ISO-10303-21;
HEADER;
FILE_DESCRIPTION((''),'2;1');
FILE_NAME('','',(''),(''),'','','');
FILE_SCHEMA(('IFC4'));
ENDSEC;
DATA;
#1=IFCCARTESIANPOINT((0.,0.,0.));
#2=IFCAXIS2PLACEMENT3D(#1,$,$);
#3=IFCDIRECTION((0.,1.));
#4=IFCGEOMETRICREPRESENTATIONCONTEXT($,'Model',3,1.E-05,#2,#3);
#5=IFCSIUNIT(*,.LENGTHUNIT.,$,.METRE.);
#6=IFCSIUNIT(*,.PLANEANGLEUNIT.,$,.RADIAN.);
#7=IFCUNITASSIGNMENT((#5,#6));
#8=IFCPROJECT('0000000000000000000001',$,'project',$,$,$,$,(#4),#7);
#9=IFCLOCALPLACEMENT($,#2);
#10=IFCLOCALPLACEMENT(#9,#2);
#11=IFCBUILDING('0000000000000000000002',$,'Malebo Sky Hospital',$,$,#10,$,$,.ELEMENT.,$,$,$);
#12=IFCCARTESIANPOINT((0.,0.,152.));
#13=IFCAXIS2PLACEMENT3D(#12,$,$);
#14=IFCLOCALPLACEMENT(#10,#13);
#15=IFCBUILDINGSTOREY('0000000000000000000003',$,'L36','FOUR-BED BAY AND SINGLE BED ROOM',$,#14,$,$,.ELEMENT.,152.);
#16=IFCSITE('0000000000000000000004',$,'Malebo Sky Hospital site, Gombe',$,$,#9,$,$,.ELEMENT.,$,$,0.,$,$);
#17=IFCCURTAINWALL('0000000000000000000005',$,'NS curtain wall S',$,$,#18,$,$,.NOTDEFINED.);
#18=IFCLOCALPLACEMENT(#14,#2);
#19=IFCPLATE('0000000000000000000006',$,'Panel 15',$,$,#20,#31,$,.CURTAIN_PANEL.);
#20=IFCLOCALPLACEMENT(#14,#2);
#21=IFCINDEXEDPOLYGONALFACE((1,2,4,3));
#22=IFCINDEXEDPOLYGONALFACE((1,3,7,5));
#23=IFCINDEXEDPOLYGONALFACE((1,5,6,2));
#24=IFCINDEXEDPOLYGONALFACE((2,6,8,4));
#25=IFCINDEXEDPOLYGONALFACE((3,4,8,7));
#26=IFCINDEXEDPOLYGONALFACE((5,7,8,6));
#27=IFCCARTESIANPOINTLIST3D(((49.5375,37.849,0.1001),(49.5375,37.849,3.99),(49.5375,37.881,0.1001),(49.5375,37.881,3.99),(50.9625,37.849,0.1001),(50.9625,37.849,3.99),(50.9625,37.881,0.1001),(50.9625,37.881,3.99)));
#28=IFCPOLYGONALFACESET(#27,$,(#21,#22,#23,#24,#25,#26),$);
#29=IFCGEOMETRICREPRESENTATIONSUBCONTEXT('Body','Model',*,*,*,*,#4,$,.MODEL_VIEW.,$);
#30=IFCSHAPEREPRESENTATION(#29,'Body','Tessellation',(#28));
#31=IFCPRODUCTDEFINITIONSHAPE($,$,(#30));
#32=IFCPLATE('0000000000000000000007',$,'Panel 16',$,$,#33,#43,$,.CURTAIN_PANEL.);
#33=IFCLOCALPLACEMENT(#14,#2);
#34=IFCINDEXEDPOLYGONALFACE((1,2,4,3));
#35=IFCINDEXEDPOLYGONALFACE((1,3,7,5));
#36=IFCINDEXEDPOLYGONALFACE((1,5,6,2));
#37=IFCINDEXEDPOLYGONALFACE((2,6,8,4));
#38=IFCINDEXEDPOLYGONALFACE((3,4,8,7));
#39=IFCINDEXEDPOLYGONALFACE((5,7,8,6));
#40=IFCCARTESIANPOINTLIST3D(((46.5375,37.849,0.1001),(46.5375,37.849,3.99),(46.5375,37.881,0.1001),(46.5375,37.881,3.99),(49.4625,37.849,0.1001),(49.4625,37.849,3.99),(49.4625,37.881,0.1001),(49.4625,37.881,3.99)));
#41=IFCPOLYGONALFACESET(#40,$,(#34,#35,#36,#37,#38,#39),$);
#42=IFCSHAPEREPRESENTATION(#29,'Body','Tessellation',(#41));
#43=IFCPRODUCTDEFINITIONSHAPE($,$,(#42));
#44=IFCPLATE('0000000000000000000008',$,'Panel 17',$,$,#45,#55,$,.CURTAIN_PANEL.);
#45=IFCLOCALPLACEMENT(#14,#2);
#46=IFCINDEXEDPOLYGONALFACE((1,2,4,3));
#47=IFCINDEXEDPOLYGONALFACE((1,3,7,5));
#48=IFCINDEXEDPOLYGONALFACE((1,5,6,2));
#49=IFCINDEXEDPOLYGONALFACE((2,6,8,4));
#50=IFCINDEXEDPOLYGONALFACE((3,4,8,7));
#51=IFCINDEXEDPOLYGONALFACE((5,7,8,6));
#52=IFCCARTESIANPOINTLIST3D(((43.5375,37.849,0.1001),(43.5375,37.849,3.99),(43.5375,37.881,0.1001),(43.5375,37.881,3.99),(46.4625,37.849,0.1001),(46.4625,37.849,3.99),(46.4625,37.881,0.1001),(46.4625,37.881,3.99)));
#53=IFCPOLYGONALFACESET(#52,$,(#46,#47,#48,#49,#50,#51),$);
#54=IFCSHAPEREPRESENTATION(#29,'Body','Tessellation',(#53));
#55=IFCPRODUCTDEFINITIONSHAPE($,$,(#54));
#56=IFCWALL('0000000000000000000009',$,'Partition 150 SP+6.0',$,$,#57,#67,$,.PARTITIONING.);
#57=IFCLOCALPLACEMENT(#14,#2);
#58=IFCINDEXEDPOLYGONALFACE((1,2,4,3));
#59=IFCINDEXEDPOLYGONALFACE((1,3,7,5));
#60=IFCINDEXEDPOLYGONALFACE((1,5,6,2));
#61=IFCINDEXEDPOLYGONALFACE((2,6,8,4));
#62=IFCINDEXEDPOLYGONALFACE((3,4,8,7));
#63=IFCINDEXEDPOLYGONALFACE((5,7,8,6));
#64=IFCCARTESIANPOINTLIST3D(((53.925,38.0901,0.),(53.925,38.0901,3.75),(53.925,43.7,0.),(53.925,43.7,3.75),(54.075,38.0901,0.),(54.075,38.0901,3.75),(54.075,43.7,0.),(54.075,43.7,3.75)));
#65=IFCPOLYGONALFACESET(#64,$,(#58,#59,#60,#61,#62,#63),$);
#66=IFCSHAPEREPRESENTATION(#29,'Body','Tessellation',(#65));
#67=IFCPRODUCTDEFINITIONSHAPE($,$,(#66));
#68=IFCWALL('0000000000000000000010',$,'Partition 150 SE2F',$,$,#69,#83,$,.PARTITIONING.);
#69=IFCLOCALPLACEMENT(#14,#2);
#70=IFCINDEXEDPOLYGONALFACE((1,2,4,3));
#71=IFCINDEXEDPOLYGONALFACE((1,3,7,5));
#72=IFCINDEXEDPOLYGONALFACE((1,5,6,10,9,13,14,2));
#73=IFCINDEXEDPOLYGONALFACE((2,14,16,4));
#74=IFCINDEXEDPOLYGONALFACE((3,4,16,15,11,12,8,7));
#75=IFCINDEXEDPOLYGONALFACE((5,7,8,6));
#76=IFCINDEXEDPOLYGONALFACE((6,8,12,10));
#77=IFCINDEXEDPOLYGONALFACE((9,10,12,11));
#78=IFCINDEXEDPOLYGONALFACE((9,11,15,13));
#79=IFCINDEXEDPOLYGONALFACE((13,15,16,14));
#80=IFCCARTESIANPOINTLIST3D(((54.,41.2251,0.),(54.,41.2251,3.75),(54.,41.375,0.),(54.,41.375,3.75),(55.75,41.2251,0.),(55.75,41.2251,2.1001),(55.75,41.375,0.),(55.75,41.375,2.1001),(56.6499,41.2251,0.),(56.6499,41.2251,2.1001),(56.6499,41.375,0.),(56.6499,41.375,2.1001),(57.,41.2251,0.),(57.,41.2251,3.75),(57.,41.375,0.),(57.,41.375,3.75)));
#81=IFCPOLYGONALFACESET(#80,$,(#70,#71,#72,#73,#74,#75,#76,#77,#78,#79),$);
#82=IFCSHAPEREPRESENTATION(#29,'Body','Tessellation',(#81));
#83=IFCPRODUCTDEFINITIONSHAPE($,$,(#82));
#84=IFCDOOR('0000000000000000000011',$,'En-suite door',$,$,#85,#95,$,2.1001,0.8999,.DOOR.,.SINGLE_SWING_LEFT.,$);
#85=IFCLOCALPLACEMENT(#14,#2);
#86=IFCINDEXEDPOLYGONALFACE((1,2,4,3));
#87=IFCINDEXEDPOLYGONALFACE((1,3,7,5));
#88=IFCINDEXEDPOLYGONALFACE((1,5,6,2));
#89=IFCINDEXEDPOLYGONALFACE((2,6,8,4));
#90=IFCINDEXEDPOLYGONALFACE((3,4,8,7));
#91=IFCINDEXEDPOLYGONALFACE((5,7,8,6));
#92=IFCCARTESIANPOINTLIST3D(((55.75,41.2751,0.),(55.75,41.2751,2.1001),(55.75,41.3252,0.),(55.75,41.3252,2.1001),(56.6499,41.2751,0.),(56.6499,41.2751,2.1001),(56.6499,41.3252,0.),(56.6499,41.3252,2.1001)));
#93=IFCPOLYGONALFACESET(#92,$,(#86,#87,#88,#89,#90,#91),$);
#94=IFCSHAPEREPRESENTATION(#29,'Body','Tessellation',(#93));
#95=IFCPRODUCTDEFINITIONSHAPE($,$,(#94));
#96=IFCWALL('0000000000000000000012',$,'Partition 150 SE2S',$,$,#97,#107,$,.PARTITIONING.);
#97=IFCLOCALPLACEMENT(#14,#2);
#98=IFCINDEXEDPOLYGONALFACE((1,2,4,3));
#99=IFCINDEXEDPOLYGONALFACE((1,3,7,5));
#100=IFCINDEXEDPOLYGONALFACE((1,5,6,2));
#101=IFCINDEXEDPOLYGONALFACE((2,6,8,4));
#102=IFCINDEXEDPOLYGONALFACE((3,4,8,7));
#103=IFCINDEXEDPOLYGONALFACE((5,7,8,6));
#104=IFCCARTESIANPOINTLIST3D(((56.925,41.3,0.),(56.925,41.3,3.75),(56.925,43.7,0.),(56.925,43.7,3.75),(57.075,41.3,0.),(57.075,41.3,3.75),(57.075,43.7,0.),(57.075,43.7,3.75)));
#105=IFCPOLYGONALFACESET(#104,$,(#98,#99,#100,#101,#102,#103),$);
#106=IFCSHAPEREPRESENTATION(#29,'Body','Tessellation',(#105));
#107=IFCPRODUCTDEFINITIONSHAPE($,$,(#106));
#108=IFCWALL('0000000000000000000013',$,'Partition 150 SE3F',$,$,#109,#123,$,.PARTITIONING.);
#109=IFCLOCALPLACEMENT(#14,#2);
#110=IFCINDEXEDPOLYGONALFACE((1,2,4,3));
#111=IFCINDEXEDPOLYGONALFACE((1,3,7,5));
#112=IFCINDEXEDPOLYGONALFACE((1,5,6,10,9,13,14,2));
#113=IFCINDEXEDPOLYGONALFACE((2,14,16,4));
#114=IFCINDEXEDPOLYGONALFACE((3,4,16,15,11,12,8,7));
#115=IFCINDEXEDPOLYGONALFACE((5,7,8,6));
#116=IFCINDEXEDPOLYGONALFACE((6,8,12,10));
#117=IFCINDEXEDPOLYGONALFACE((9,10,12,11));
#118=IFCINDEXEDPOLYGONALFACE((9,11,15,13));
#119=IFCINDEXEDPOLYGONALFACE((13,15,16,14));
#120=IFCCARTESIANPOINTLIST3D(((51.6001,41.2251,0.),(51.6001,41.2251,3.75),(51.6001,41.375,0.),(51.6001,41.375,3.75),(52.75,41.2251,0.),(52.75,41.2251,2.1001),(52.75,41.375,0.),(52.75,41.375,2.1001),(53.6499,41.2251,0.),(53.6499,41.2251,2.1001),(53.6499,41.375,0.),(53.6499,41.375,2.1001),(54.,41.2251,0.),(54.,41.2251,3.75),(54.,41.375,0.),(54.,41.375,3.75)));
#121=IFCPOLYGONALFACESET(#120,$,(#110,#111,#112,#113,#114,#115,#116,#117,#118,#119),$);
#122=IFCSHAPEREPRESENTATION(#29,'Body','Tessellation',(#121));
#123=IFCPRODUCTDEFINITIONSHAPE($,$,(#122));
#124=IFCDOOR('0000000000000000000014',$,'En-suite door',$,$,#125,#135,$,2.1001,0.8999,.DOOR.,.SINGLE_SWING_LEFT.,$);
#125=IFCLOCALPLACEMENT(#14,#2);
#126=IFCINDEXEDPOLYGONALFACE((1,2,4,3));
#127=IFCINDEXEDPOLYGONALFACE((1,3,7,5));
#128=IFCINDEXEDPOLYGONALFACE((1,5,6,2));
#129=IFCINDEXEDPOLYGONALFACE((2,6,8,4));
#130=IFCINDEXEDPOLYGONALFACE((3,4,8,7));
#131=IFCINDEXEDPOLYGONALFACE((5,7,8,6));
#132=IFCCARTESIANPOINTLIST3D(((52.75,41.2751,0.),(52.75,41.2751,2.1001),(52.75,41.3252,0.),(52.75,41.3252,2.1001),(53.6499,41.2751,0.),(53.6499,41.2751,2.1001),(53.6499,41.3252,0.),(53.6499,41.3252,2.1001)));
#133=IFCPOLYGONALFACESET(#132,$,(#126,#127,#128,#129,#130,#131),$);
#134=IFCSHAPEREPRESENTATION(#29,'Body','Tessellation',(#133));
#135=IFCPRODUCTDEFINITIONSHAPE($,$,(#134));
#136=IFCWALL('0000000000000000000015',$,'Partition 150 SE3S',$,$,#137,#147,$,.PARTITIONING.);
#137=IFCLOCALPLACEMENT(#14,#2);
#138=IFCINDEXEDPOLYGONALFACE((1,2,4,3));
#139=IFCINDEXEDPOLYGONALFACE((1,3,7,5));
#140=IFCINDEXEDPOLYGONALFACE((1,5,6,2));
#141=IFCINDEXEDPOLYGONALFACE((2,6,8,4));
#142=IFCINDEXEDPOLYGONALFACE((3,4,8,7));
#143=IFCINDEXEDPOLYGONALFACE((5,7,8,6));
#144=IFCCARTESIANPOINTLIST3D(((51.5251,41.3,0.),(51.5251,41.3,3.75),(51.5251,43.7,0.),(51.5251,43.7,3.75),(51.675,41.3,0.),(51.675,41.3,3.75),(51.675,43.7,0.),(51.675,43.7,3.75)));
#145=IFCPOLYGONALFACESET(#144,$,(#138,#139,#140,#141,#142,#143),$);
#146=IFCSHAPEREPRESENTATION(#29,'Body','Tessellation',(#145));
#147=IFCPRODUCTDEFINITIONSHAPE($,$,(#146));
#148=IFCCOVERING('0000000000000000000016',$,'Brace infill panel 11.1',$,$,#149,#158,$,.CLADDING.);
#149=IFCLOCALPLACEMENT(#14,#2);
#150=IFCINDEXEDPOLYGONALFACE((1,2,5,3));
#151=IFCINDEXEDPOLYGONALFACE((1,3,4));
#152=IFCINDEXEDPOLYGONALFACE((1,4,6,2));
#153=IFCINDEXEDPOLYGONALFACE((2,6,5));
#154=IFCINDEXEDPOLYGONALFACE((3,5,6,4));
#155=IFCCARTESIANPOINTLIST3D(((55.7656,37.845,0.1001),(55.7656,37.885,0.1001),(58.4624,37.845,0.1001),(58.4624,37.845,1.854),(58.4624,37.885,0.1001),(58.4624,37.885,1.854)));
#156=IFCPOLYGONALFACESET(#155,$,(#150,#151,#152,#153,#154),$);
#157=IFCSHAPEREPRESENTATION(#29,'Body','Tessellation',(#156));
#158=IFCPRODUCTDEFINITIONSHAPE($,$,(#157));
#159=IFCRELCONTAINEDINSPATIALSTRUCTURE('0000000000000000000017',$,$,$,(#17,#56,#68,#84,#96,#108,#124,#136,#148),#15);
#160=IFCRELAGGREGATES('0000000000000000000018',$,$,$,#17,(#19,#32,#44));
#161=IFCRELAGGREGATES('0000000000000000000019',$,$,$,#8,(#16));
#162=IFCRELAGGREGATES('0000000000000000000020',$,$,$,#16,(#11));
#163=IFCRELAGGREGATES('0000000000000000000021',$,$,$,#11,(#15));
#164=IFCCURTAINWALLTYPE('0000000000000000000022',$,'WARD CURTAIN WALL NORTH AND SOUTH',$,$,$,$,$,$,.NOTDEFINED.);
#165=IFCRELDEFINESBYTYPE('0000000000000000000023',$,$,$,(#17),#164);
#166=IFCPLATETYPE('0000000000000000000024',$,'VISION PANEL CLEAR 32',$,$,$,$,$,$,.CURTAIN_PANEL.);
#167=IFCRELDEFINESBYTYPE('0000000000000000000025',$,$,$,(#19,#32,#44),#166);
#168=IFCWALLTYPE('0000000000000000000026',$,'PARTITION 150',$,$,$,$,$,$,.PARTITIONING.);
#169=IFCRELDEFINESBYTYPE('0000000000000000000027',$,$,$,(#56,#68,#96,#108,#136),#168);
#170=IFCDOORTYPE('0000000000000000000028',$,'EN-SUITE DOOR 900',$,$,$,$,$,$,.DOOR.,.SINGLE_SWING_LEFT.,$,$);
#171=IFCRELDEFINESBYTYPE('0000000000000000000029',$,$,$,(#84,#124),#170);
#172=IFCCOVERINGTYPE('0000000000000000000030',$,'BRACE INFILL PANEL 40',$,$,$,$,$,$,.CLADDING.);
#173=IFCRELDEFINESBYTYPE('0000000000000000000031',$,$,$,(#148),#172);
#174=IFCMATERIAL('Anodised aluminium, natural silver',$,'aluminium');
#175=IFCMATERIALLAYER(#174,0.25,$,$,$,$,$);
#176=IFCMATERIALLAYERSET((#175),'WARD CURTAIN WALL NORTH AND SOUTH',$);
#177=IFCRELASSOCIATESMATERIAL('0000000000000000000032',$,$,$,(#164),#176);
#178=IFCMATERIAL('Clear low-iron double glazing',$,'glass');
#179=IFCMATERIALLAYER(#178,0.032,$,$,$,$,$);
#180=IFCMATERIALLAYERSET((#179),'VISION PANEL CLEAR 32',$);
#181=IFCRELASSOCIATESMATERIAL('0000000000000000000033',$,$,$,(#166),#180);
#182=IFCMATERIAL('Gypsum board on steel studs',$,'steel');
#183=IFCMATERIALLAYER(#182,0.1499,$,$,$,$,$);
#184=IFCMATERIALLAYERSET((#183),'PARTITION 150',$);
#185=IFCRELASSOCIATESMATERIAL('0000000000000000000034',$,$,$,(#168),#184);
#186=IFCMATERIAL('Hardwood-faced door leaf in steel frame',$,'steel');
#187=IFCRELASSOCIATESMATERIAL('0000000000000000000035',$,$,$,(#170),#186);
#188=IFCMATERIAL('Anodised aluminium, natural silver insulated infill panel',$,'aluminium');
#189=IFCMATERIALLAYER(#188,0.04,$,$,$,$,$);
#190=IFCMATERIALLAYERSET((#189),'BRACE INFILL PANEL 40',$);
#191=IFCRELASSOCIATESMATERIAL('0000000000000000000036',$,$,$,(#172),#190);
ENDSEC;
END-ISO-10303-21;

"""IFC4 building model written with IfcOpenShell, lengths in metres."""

from ifc_helpers import new_model, si_unit, direction, frame, frame_2d, origin, origin_2d, place, context, subcontext, project, spatial, polyline, rectangle, outline, extrude, material, layer, layer_set, type_object, element, fill, aggregate, save


model = new_model("IFC4")

# Units and contexts
model_context = context("Model", 3, precision=1e-05, world=origin(), true_north=direction((0.0, 1.0)))
body_context = subcontext(model_context, "Body", "Model", "MODEL_VIEW")
ifc_project = project(units=[si_unit("LENGTHUNIT", "METRE"), si_unit("PLANEANGLEUNIT", "RADIAN")], contexts=[model_context])

# Site, building, storey
site_placement = place(None, origin())
site = spatial("IfcSite", under=ifc_project, at=site_placement, Name="Malebo Sky Hospital site, Gombe", CompositionType="ELEMENT", RefElevation=0.0)
building_placement = place(site_placement, origin())
building = spatial("IfcBuilding", under=site, at=building_placement, Name="Malebo Sky Hospital", CompositionType="ELEMENT")
storey_placement = place(building_placement, frame((0.0, 0.0, 152.0)))
storey = spatial("IfcBuildingStorey", under=building, at=storey_placement, Name="L36", Description="FOUR-BED BAY AND SINGLE BED ROOM", CompositionType="ELEMENT", Elevation=152.0)

# Curtain wall
ifc_material_1 = material(Name="Anodised aluminium, natural silver", Category="aluminium")
ifc_layer_1 = layer(ifc_material_1, 0.25)
ifc_layer_set_1 = layer_set([ifc_layer_1], Name="WARD CURTAIN WALL NORTH AND SOUTH")
curtain_wall_type = type_object("IfcCurtainWallType", Name="WARD CURTAIN WALL NORTH AND SOUTH", PredefinedType="NOTDEFINED", material=ifc_layer_set_1)
curtain_wall_placement = place(storey_placement, origin())
curtain_wall = element("IfcCurtainWall", 1, at=curtain_wall_placement, inside=storey, type_object=curtain_wall_type, Name="NS curtain wall S", PredefinedType="NOTDEFINED")

# Plates
ifc_material_2 = material(Name="Clear low-iron double glazing", Category="glass")
ifc_layer_2 = layer(ifc_material_2, 0.032)
ifc_layer_set_2 = layer_set([ifc_layer_2], Name="VISION PANEL CLEAR 32")
plate_type = type_object("IfcPlateType", Name="VISION PANEL CLEAR 32", PredefinedType="CURTAIN_PANEL", material=ifc_layer_set_2)
plate_1_placement = place(storey_placement, frame((50.25, 37.865, 0.1001), z_axis=(0.0, 0.0, 1.0), x_axis=(-1.0, 0.0, 0.0)))
plate_1 = element("IfcPlate", 2, at=plate_1_placement, type_object=plate_type, Name="Panel 15", PredefinedType="CURTAIN_PANEL", context=body_context, shape_type="SweptSolid", body=[
    extrude(rectangle(XDim=1.425, YDim=0.032, at=origin_2d()), origin(), (0.0, 0.0, 1.0), 3.8899),
])
plate_2_placement = place(storey_placement, frame((48.0, 37.865, 0.1001), z_axis=(0.0, 0.0, 1.0), x_axis=(-1.0, 0.0, 0.0)))
plate_2 = element("IfcPlate", 3, at=plate_2_placement, type_object=plate_type, Name="Panel 16", PredefinedType="CURTAIN_PANEL", context=body_context, shape_type="SweptSolid", body=[
    extrude(rectangle(XDim=2.925, YDim=0.032, at=origin_2d()), origin(), (0.0, 0.0, 1.0), 3.8899),
])
plate_3_placement = place(storey_placement, frame((45.0, 37.865, 0.1001), z_axis=(0.0, 0.0, 1.0), x_axis=(-1.0, 0.0, 0.0)))
plate_3 = element("IfcPlate", 4, at=plate_3_placement, type_object=plate_type, Name="Panel 17", PredefinedType="CURTAIN_PANEL", context=body_context, shape_type="SweptSolid", body=[
    extrude(rectangle(XDim=2.925, YDim=0.032, at=origin_2d()), origin(), (0.0, 0.0, 1.0), 3.8899),
])
aggregate(curtain_wall, [plate_1, plate_2, plate_3])

# Wall
ifc_material_3 = material(Name="Gypsum board on steel studs", Category="steel")
ifc_layer_3 = layer(ifc_material_3, 0.1499)
ifc_layer_set_3 = layer_set([ifc_layer_3], Name="PARTITION 150")
wall_type = type_object("IfcWallType", Name="PARTITION 150", PredefinedType="PARTITIONING", material=ifc_layer_set_3)
wall_1_placement = place(storey_placement, frame((54.0, 43.7, 0.0), z_axis=(0.0, 0.0, 1.0), x_axis=(0.0, -1.0, 0.0)))
element("IfcWall", 5, at=wall_1_placement, inside=storey, type_object=wall_type, Name="Partition 150 SP+6.0", PredefinedType="PARTITIONING", context=body_context, shape_type="SweptSolid", body=[
    extrude(rectangle(XDim=5.6099, YDim=0.1499, at=frame_2d((2.8049, 0.0))), origin(), (0.0, 0.0, 1.0), 3.75),
])

# Wall, opening, door
wall_2_placement = place(storey_placement, frame((57.0, 41.3, 0.0), z_axis=(0.0, 0.0, 1.0), x_axis=(-1.0, 0.0, 0.0)))
wall_2 = element("IfcWall", 6, at=wall_2_placement, inside=storey, type_object=wall_type, Name="Partition 150 SE2F", PredefinedType="PARTITIONING", context=body_context, shape_type="SweptSolid", body=[
    extrude(rectangle(XDim=3.0, YDim=0.1499, at=frame_2d((1.5, 0.0))), origin(), (0.0, 0.0, 1.0), 3.75),
])
opening_1_placement = place(wall_2_placement, frame((0.3501, 0.0, 0.0)))
opening_1 = element("IfcOpeningElement", 7, at=opening_1_placement, cuts=wall_2, PredefinedType="OPENING", context=body_context, shape_type="SweptSolid", body=[
    extrude(rectangle(XDim=0.8999, YDim=2.1001, at=frame_2d((0.45, 1.05))), frame((0.0, 0.085, 0.0), z_axis=(0.0, -1.0, 0.0), x_axis=(1.0, 0.0, 0.0)), (0.0, 0.0, 1.0), 0.1699),
])
ifc_material_4 = material(Name="Hardwood-faced door leaf in steel frame", Category="steel")
door_type = type_object("IfcDoorType", Name="EN-SUITE DOOR 900", OperationType="SINGLE_SWING_LEFT", PredefinedType="DOOR", material=ifc_material_4)
door_1_placement = place(opening_1_placement, origin())
door_1 = element("IfcDoor", 8, at=door_1_placement, inside=storey, type_object=door_type, Name="En-suite door", OperationType="SINGLE_SWING_LEFT", OverallHeight=2.1001, OverallWidth=0.8999, PredefinedType="DOOR", context=body_context, shape_type="SweptSolid", body=[
    extrude(rectangle(XDim=0.8999, YDim=2.1001, at=frame_2d((0.45, 1.05))), frame((0.0, 0.0249, 0.0), z_axis=(0.0, -1.0, 0.0), x_axis=(1.0, 0.0, 0.0)), (0.0, 0.0, 1.0), 0.05),
])
fill(opening_1, door_1)

# Wall
wall_3_placement = place(storey_placement, frame((57.0, 43.7, 0.0), z_axis=(0.0, 0.0, 1.0), x_axis=(0.0, -1.0, 0.0)))
element("IfcWall", 9, at=wall_3_placement, inside=storey, type_object=wall_type, Name="Partition 150 SE2S", PredefinedType="PARTITIONING", context=body_context, shape_type="SweptSolid", body=[
    extrude(rectangle(XDim=2.3999, YDim=0.1499, at=frame_2d((1.2, 0.0))), origin(), (0.0, 0.0, 1.0), 3.75),
])

# Wall, opening, door
wall_4_placement = place(storey_placement, frame((54.0, 41.3, 0.0), z_axis=(0.0, 0.0, 1.0), x_axis=(-1.0, 0.0, 0.0)))
wall_4 = element("IfcWall", 10, at=wall_4_placement, inside=storey, type_object=wall_type, Name="Partition 150 SE3F", PredefinedType="PARTITIONING", context=body_context, shape_type="SweptSolid", body=[
    extrude(rectangle(XDim=2.3999, YDim=0.1499, at=frame_2d((1.2, 0.0))), origin(), (0.0, 0.0, 1.0), 3.75),
])
opening_2_placement = place(wall_4_placement, frame((0.3501, 0.0, 0.0)))
opening_2 = element("IfcOpeningElement", 11, at=opening_2_placement, cuts=wall_4, PredefinedType="OPENING", context=body_context, shape_type="SweptSolid", body=[
    extrude(rectangle(XDim=0.8999, YDim=2.1001, at=frame_2d((0.45, 1.05))), frame((0.0, 0.085, 0.0), z_axis=(0.0, -1.0, 0.0), x_axis=(1.0, 0.0, 0.0)), (0.0, 0.0, 1.0), 0.1699),
])
door_2_placement = place(opening_2_placement, origin())
door_2 = element("IfcDoor", 12, at=door_2_placement, inside=storey, type_object=door_type, Name="En-suite door", OperationType="SINGLE_SWING_LEFT", OverallHeight=2.1001, OverallWidth=0.8999, PredefinedType="DOOR", context=body_context, shape_type="SweptSolid", body=[
    extrude(rectangle(XDim=0.8999, YDim=2.1001, at=frame_2d((0.45, 1.05))), frame((0.0, 0.0249, 0.0), z_axis=(0.0, -1.0, 0.0), x_axis=(1.0, 0.0, 0.0)), (0.0, 0.0, 1.0), 0.05),
])
fill(opening_2, door_2)

# Wall
wall_5_placement = place(storey_placement, frame((51.6001, 43.7, 0.0), z_axis=(0.0, 0.0, 1.0), x_axis=(0.0, -1.0, 0.0)))
element("IfcWall", 13, at=wall_5_placement, inside=storey, type_object=wall_type, Name="Partition 150 SE3S", PredefinedType="PARTITIONING", context=body_context, shape_type="SweptSolid", body=[
    extrude(rectangle(XDim=2.3999, YDim=0.1499, at=frame_2d((1.2, 0.0))), origin(), (0.0, 0.0, 1.0), 3.75),
])

# Covering
ifc_material_5 = material(Name="Anodised aluminium, natural silver insulated infill panel", Category="aluminium")
ifc_layer_4 = layer(ifc_material_5, 0.04)
ifc_layer_set_4 = layer_set([ifc_layer_4], Name="BRACE INFILL PANEL 40")
covering_type = type_object("IfcCoveringType", Name="BRACE INFILL PANEL 40", PredefinedType="CLADDING", material=ifc_layer_set_4)
covering_placement = place(storey_placement, frame((57.114, 37.865, 0.1001), z_axis=(0.0, 0.0, 1.0), x_axis=(-1.0, 0.0, 0.0)))
element("IfcCovering", 14, at=covering_placement, inside=storey, type_object=covering_type, Name="Brace infill panel 11.1", PredefinedType="CLADDING", context=body_context, shape_type="SweptSolid", body=[
    extrude(outline(polyline([(-1.3484, 0.0), (1.3484, 0.0), (-1.3484, 1.7539), (-1.3484, 0.0)])), frame((0.0, 0.02, 0.0), z_axis=(0.0, -1.0, 0.0), x_axis=(1.0, 0.0, 0.0)), (0.0, 0.0, 1.0), 0.04),
])

save(model, "model.ifc")
